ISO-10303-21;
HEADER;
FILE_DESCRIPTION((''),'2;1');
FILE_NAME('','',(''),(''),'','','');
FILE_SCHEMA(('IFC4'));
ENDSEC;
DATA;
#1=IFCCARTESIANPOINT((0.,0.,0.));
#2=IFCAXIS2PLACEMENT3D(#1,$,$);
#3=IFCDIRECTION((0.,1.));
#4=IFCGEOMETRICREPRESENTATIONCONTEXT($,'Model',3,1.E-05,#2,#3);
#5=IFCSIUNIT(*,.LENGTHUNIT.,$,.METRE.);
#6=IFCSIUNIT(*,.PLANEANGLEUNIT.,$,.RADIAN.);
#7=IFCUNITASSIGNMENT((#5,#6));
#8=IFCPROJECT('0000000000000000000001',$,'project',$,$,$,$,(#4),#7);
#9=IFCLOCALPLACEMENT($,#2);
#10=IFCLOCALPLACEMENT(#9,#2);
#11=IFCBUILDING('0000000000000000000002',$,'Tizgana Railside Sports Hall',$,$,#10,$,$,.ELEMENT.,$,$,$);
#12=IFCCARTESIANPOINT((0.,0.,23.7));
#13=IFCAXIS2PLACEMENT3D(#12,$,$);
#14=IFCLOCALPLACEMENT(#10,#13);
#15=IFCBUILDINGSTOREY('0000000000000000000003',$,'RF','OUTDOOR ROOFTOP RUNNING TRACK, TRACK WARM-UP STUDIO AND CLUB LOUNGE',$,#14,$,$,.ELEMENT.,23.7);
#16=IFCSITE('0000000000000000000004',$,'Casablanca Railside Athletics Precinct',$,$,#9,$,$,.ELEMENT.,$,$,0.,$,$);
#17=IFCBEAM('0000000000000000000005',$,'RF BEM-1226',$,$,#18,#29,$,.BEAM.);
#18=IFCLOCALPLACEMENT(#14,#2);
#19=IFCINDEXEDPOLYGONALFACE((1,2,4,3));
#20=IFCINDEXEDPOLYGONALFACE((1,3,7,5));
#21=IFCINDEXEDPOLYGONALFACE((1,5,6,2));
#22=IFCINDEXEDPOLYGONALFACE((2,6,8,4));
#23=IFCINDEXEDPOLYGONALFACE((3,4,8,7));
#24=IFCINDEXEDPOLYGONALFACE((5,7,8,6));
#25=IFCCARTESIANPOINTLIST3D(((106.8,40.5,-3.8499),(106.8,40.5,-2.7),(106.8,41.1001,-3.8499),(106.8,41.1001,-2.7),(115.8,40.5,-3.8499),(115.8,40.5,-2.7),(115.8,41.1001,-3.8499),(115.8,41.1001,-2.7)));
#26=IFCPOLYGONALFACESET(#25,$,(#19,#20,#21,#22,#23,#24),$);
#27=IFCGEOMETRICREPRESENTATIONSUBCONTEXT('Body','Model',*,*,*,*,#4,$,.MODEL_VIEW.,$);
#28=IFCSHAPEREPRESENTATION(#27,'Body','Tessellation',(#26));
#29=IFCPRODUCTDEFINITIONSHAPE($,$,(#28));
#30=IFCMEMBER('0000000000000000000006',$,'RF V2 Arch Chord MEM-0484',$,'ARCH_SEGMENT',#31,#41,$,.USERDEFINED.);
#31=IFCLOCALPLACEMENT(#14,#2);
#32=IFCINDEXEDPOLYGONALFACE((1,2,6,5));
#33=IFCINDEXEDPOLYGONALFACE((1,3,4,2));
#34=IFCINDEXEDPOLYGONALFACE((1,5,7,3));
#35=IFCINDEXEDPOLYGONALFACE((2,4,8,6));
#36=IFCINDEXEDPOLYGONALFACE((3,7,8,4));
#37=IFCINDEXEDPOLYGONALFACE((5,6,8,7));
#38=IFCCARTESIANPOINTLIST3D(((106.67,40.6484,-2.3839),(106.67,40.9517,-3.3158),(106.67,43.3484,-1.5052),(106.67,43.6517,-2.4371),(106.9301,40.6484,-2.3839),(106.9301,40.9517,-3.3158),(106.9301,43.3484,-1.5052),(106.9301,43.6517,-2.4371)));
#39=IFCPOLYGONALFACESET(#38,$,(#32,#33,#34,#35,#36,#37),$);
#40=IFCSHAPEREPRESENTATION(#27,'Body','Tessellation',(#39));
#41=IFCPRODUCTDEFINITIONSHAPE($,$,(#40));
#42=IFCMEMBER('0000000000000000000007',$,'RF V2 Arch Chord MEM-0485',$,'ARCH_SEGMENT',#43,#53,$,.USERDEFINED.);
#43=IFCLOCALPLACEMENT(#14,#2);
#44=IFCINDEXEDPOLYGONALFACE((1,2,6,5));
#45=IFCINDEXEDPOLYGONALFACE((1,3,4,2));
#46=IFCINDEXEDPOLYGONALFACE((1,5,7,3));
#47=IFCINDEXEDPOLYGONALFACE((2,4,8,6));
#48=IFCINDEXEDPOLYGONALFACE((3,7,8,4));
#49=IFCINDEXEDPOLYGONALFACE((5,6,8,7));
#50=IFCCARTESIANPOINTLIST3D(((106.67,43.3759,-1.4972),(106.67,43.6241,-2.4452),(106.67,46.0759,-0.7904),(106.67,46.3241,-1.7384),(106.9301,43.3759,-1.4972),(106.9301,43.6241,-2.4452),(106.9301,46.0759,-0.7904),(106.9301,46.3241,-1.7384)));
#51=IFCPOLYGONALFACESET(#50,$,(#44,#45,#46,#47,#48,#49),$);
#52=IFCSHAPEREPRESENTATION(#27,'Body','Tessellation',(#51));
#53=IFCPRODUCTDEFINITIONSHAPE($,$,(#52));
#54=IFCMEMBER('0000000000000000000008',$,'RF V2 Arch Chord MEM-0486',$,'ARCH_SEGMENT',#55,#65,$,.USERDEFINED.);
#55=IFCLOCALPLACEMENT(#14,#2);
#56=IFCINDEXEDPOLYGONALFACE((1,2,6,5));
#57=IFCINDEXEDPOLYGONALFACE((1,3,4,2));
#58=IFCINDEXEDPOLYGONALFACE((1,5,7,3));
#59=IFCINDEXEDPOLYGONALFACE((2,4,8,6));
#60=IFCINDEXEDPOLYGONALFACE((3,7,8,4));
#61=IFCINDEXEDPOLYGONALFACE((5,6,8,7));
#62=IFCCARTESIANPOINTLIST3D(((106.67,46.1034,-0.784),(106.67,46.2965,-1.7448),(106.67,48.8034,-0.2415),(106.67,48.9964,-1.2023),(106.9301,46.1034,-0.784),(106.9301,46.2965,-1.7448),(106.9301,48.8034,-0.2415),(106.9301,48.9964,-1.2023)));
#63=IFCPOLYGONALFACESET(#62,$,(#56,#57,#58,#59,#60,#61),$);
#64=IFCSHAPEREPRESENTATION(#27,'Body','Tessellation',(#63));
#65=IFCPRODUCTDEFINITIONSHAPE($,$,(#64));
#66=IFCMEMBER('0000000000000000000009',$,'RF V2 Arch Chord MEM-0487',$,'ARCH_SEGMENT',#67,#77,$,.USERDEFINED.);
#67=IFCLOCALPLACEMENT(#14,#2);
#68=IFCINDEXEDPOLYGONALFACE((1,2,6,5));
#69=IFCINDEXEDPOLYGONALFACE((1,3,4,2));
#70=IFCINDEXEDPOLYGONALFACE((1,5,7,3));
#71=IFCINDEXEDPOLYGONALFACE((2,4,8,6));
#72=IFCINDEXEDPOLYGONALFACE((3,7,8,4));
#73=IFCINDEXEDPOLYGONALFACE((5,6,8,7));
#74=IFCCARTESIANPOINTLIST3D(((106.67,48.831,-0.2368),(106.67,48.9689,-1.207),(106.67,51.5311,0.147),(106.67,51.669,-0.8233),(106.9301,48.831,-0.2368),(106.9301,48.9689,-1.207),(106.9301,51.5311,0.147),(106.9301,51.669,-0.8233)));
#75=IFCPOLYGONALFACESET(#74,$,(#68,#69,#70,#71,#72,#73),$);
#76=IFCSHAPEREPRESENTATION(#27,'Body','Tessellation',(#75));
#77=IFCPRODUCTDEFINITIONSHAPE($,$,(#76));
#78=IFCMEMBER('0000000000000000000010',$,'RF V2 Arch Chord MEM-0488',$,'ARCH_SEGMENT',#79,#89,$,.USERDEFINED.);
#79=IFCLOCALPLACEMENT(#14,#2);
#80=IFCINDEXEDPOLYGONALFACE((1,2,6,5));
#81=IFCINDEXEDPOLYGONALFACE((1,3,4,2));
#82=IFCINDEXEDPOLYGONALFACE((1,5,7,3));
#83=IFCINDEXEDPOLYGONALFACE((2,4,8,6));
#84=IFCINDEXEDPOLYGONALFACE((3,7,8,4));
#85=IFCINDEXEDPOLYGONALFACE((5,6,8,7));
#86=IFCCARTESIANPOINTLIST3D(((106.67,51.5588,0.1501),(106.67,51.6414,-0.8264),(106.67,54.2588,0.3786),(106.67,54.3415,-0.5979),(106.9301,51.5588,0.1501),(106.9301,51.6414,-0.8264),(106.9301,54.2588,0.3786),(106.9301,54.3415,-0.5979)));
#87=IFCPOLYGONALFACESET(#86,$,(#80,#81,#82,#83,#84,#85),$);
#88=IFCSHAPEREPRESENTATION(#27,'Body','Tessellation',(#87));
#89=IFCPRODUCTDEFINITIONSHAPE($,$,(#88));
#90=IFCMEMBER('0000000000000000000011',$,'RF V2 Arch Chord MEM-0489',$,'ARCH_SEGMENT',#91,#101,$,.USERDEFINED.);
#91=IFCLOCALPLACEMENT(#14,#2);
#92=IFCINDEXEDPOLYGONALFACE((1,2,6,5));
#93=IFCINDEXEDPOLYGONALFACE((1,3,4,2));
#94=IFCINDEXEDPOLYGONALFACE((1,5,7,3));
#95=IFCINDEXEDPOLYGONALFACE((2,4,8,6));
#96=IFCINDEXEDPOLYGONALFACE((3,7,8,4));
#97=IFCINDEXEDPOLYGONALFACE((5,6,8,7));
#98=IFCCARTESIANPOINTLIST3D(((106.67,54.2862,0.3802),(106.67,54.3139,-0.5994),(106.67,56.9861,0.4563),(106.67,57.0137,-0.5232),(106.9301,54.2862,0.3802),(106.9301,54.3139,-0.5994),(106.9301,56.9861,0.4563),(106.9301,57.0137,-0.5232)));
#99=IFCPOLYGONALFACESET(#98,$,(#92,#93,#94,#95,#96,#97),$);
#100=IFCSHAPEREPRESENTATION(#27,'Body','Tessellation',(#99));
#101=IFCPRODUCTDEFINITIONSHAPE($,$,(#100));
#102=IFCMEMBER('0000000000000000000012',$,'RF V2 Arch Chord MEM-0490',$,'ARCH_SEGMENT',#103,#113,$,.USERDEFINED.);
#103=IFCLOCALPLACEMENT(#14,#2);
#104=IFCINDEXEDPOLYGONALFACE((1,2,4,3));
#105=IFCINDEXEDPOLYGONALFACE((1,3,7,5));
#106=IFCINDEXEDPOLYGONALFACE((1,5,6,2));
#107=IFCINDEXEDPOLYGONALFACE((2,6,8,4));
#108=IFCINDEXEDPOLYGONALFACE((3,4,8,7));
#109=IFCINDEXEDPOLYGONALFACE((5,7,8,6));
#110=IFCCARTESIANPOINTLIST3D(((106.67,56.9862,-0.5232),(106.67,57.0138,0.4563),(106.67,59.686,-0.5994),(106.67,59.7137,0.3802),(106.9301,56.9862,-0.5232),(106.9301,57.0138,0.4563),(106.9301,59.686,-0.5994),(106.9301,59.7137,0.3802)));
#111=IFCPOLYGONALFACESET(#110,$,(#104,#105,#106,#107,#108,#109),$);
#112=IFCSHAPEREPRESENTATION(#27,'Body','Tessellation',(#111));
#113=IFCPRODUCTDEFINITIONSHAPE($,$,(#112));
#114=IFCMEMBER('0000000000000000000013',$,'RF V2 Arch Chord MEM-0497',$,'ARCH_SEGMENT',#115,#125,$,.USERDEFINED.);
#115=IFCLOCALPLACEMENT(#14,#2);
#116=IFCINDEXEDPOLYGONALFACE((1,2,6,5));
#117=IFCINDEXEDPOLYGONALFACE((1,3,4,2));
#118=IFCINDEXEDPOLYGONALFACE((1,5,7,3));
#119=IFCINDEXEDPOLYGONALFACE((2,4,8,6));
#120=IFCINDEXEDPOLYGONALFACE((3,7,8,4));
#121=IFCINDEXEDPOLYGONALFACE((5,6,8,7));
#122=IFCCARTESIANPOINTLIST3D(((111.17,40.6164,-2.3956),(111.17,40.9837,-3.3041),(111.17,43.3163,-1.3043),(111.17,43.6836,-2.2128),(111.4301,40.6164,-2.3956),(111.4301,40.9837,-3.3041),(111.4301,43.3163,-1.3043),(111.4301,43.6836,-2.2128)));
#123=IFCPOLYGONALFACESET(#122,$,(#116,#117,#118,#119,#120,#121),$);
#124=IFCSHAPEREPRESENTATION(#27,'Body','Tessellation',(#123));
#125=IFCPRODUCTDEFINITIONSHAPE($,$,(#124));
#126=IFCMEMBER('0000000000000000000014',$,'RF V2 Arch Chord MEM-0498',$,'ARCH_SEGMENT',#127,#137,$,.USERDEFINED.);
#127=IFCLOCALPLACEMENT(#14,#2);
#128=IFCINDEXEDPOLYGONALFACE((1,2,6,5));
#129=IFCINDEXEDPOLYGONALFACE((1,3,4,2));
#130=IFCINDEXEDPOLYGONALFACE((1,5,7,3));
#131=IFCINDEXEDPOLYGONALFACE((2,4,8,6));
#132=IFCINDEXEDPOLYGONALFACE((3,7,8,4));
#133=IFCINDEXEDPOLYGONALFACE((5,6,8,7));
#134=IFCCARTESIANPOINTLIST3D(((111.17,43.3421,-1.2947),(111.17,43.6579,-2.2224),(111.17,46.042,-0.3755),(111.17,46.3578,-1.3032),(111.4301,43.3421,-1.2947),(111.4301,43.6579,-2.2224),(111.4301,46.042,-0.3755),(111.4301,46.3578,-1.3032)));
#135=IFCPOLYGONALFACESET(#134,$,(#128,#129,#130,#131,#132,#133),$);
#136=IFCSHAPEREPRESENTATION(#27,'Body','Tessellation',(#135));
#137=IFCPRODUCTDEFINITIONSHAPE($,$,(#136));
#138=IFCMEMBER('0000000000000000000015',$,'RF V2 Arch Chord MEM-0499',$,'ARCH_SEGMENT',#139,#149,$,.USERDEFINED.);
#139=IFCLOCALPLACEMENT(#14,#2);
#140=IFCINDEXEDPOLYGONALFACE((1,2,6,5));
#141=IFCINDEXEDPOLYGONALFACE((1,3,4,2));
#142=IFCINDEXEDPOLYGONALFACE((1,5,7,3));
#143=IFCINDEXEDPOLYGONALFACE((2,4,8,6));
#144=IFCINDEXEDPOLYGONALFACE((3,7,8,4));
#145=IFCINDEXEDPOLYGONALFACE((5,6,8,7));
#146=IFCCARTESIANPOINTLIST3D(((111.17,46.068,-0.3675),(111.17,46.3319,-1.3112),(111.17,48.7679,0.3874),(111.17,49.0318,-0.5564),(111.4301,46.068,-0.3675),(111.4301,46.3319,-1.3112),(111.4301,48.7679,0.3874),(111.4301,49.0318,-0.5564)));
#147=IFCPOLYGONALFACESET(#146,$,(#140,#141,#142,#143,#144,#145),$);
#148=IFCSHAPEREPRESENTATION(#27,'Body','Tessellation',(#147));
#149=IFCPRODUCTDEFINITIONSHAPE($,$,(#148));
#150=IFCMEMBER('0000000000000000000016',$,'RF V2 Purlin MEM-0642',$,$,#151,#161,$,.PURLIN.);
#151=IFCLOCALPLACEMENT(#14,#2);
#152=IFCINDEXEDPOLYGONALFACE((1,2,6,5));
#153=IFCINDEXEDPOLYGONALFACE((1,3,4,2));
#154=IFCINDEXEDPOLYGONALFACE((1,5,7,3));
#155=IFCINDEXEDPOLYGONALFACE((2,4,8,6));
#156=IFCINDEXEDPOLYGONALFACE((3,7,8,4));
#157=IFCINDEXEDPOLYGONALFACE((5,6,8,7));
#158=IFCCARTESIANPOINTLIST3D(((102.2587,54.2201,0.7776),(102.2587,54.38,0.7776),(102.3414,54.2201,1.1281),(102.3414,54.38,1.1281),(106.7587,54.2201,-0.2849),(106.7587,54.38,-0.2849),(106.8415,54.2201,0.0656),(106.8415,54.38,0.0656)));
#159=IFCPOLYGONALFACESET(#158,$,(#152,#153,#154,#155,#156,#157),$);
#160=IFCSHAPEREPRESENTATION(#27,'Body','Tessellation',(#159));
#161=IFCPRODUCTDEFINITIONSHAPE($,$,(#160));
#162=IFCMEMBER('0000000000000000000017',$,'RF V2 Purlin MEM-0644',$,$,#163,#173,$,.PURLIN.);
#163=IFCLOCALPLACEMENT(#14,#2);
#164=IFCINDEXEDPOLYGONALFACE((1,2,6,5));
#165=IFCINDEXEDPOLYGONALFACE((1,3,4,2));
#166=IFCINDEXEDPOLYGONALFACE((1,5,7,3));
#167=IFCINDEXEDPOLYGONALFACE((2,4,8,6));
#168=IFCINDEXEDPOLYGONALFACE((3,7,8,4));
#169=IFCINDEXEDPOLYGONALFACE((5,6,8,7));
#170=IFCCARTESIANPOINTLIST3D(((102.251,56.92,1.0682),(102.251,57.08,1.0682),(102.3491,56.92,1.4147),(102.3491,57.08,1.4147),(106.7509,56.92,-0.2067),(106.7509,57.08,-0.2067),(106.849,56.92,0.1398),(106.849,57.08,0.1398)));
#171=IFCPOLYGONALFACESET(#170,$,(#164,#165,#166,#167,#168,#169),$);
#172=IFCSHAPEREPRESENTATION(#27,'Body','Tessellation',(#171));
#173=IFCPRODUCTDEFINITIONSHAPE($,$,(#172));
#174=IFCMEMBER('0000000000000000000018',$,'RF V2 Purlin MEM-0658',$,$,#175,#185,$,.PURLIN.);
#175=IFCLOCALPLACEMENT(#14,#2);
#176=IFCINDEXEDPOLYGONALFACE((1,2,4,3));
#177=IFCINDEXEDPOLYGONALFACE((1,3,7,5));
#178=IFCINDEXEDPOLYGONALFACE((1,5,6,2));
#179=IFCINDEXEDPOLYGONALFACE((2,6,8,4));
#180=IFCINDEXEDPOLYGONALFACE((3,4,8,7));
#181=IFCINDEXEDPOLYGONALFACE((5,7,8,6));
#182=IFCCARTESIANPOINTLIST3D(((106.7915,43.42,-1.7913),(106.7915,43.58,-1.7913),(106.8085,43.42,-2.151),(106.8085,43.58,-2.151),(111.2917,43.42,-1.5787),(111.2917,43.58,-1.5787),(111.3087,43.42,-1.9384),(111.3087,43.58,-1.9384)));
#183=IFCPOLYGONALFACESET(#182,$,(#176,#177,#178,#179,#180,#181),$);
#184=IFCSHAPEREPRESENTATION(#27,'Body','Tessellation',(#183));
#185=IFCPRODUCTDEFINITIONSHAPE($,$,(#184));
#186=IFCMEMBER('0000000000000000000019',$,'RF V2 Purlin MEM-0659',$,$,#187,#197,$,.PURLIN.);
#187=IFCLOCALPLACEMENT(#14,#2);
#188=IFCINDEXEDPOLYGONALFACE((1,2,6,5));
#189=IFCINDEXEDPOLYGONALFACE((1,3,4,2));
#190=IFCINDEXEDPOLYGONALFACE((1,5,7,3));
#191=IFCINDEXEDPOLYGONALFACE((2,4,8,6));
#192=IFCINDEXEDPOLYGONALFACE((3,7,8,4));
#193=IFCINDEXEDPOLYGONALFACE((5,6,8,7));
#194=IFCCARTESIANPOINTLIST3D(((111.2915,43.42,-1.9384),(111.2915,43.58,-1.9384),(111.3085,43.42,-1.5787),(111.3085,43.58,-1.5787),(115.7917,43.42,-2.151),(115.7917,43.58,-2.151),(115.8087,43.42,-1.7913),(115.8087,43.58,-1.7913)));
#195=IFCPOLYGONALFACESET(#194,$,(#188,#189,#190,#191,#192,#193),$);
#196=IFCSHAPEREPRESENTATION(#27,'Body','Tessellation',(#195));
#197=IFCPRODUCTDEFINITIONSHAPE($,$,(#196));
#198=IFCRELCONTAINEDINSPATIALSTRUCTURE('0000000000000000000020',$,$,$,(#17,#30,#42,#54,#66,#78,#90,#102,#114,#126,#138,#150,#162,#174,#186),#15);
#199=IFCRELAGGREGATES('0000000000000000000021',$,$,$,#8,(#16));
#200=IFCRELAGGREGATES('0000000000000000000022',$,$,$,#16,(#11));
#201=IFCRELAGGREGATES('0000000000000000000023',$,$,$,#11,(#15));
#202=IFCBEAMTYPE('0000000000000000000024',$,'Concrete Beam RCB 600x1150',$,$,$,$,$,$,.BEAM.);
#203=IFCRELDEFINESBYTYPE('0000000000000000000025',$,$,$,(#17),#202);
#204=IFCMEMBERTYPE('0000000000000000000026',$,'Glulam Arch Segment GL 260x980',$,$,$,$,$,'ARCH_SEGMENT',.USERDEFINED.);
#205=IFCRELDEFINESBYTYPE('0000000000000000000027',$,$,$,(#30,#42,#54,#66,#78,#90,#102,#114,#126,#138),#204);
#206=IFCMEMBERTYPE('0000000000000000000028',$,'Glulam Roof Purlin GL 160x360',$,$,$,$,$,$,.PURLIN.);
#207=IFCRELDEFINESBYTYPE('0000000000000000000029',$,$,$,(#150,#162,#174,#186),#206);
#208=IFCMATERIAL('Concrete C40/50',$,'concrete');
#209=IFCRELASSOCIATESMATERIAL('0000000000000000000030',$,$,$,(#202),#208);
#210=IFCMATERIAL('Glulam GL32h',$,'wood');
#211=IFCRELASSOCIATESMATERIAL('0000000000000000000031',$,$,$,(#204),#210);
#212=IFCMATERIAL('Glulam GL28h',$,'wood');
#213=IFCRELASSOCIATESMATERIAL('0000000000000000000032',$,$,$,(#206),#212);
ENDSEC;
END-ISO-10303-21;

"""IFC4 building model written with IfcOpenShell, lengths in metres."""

from ifc_helpers import new_model, si_unit, direction, frame, origin, origin_2d, place, context, subcontext, project, spatial, rectangle, extrude, material, material_profile, profile_set, type_object, element, save


model = new_model("IFC4")

# Units and contexts
model_context = context("Model", 3, precision=1e-05, world=origin(), true_north=direction((0.0, 1.0)))
body_context = subcontext(model_context, "Body", "Model", "MODEL_VIEW")
ifc_project = project(units=[si_unit("LENGTHUNIT", "METRE"), si_unit("PLANEANGLEUNIT", "RADIAN")], contexts=[model_context])

# Site, building, storey
site_placement = place(None, origin())
site = spatial("IfcSite", under=ifc_project, at=site_placement, Name="Casablanca Railside Athletics Precinct", CompositionType="ELEMENT", RefElevation=0.0)
building_placement = place(site_placement, origin())
building = spatial("IfcBuilding", under=site, at=building_placement, Name="Tizgana Railside Sports Hall", CompositionType="ELEMENT")
storey_placement = place(building_placement, frame((0.0, 0.0, 23.7)))
storey = spatial("IfcBuildingStorey", under=building, at=storey_placement, Name="RF", Description="OUTDOOR ROOFTOP RUNNING TRACK, TRACK WARM-UP STUDIO AND CLUB LOUNGE", CompositionType="ELEMENT", Elevation=23.7)

# Beam
ifc_material_1 = material(Name="Concrete C40/50", Category="concrete")
ifc_material_profile_1 = material_profile(ifc_material_1, rectangle(XDim=0.6001, YDim=1.1499, at=origin_2d()), Name="RCB 600x1150")
ifc_profile_set_1 = profile_set([ifc_material_profile_1], Name="Concrete C40/50")
beam_type = type_object("IfcBeamType", Name="Concrete Beam RCB 600x1150", PredefinedType="BEAM", material=ifc_profile_set_1)
beam_placement = place(storey_placement, frame((106.8, 40.8, -3.2749), z_axis=(1.0, 0.0, 0.0), x_axis=(0.0, 1.0, 0.0)))
element("IfcBeam", 1, at=beam_placement, inside=storey, type_object=beam_type, Name="RF BEM-1226", PredefinedType="BEAM", context=body_context, shape_type="SweptSolid", body=[
    extrude(rectangle(XDim=0.6001, YDim=1.1499, at=origin_2d()), origin(), (0.0, 0.0, 1.0), 9.0),
])

# Members
ifc_material_2 = material(Name="Glulam GL32h", Category="wood")
ifc_material_profile_2 = material_profile(ifc_material_2, rectangle(XDim=0.26, YDim=0.98, at=origin_2d()), Name="GL 260x980")
ifc_profile_set_2 = profile_set([ifc_material_profile_2], Name="Glulam GL32h")
member_type_1 = type_object("IfcMemberType", Name="Glulam Arch Segment GL 260x980", ElementType="ARCH_SEGMENT", PredefinedType="USERDEFINED", material=ifc_profile_set_2)
member_1_placement = place(storey_placement, frame((106.8, 40.8, -2.8499), z_axis=(0.0, 0.950912, 0.309461), x_axis=(-1.0, 0.0, 0.0)))
element("IfcMember", 2, at=member_1_placement, inside=storey, type_object=member_type_1, Name="RF V2 Arch Chord MEM-0484", ObjectType="ARCH_SEGMENT", PredefinedType="USERDEFINED", context=body_context, shape_type="SweptSolid", body=[
    extrude(rectangle(XDim=0.26, YDim=0.98, at=origin_2d()), origin(), (0.0, 0.0, 1.0), 2.8394),
])
member_2_placement = place(storey_placement, frame((106.8, 43.5, -1.9712), z_axis=(0.0, 0.967402, 0.253244), x_axis=(-1.0, 0.0, 0.0)))
element("IfcMember", 3, at=member_2_placement, inside=storey, type_object=member_type_1, Name="RF V2 Arch Chord MEM-0485", ObjectType="ARCH_SEGMENT", PredefinedType="USERDEFINED", context=body_context, shape_type="SweptSolid", body=[
    extrude(rectangle(XDim=0.26, YDim=0.98, at=origin_2d()), origin(), (0.0, 0.0, 1.0), 2.791),
])
member_3_placement = place(storey_placement, frame((106.8, 46.2, -1.2644), z_axis=(0.0, 0.980406, 0.196986), x_axis=(-1.0, 0.0, 0.0)))
element("IfcMember", 4, at=member_3_placement, inside=storey, type_object=member_type_1, Name="RF V2 Arch Chord MEM-0486", ObjectType="ARCH_SEGMENT", PredefinedType="USERDEFINED", context=body_context, shape_type="SweptSolid", body=[
    extrude(rectangle(XDim=0.26, YDim=0.98, at=origin_2d()), origin(), (0.0, 0.0, 1.0), 2.7539),
])
member_4_placement = place(storey_placement, frame((106.8, 48.8999, -0.7219), z_axis=(0.0, 0.99005, 0.14072), x_axis=(-1.0, 0.0, 0.0)))
element("IfcMember", 5, at=member_4_placement, inside=storey, type_object=member_type_1, Name="RF V2 Arch Chord MEM-0487", ObjectType="ARCH_SEGMENT", PredefinedType="USERDEFINED", context=body_context, shape_type="SweptSolid", body=[
    extrude(rectangle(XDim=0.26, YDim=0.98, at=origin_2d()), origin(), (0.0, 0.0, 1.0), 2.7273),
])
member_5_placement = place(storey_placement, frame((106.8, 51.6001, -0.3381), z_axis=(0.0, 0.996437, 0.084335), x_axis=(-1.0, 0.0, 0.0)))
element("IfcMember", 6, at=member_5_placement, inside=storey, type_object=member_type_1, Name="RF V2 Arch Chord MEM-0488", ObjectType="ARCH_SEGMENT", PredefinedType="USERDEFINED", context=body_context, shape_type="SweptSolid", body=[
    extrude(rectangle(XDim=0.26, YDim=0.98, at=origin_2d()), origin(), (0.0, 0.0, 1.0), 2.7097),
])
for number, where, z_axis, x_axis, name in (
    (7, (106.8, 54.3, -0.1096), (0.0, 0.999602, 0.028201), (-1.0, 0.0, 0.0), "RF V2 Arch Chord MEM-0489"),
    (8, (106.8, 57.0, -0.0334), (0.0, 0.999602, -0.028201), (-1.0, 0.0, 0.0), "RF V2 Arch Chord MEM-0490"),
):
    element("IfcMember", number, at=place(storey_placement, frame(where, z_axis=z_axis, x_axis=x_axis)), inside=storey, type_object=member_type_1, Name=name, ObjectType="ARCH_SEGMENT", PredefinedType="USERDEFINED", context=body_context, shape_type="SweptSolid", body=[
        extrude(rectangle(XDim=0.26, YDim=0.98, at=origin_2d()), origin(), (0.0, 0.0, 1.0), 2.7009),
    ])
member_6_placement = place(storey_placement, frame((111.3, 40.8, -2.8499), z_axis=(0.0, 0.927129, 0.374742), x_axis=(-1.0, 0.0, 0.0)))
element("IfcMember", 9, at=member_6_placement, inside=storey, type_object=member_type_1, Name="RF V2 Arch Chord MEM-0497", ObjectType="ARCH_SEGMENT", PredefinedType="USERDEFINED", context=body_context, shape_type="SweptSolid", body=[
    extrude(rectangle(XDim=0.26, YDim=0.98, at=origin_2d()), origin(), (0.0, 0.0, 1.0), 2.9121),
])
member_7_placement = place(storey_placement, frame((111.3, 43.5, -1.7585), z_axis=(0.0, 0.946644, 0.322282), x_axis=(-1.0, 0.0, 0.0)))
element("IfcMember", 10, at=member_7_placement, inside=storey, type_object=member_type_1, Name="RF V2 Arch Chord MEM-0498", ObjectType="ARCH_SEGMENT", PredefinedType="USERDEFINED", context=body_context, shape_type="SweptSolid", body=[
    extrude(rectangle(XDim=0.26, YDim=0.98, at=origin_2d()), origin(), (0.0, 0.0, 1.0), 2.8521),
])
member_8_placement = place(storey_placement, frame((111.3, 46.2, -0.8394), z_axis=(0.0, 0.963066, 0.269265), x_axis=(-1.0, 0.0, 0.0)))
element("IfcMember", 11, at=member_8_placement, inside=storey, type_object=member_type_1, Name="RF V2 Arch Chord MEM-0499", ObjectType="ARCH_SEGMENT", PredefinedType="USERDEFINED", context=body_context, shape_type="SweptSolid", body=[
    extrude(rectangle(XDim=0.26, YDim=0.98, at=origin_2d()), origin(), (0.0, 0.0, 1.0), 2.8035),
])
ifc_material_3 = material(Name="Glulam GL28h", Category="wood")
ifc_material_profile_3 = material_profile(ifc_material_3, rectangle(XDim=0.1599, YDim=0.3601, at=origin_2d()), Name="GL 160x360")
ifc_profile_set_3 = profile_set([ifc_material_profile_3], Name="Glulam GL28h")
member_type_2 = type_object("IfcMemberType", Name="Glulam Roof Purlin GL 160x360", PredefinedType="PURLIN", material=ifc_profile_set_3)
member_9_placement = place(storey_placement, frame((102.3, 54.3, 0.9529), z_axis=(0.97324, 0.0, -0.229793), x_axis=(0.0, 1.0, 0.0)))
element("IfcMember", 12, at=member_9_placement, inside=storey, type_object=member_type_2, Name="RF V2 Purlin MEM-0642", PredefinedType="PURLIN", context=body_context, shape_type="SweptSolid", body=[
    extrude(rectangle(XDim=0.1599, YDim=0.3601, at=origin_2d()), origin(), (0.0, 0.0, 1.0), 4.6238),
])
member_10_placement = place(storey_placement, frame((102.3, 57.0, 1.2415), z_axis=(0.962132, 0.0, -0.272583), x_axis=(0.0, 1.0, 0.0)))
element("IfcMember", 13, at=member_10_placement, inside=storey, type_object=member_type_2, Name="RF V2 Purlin MEM-0644", PredefinedType="PURLIN", context=body_context, shape_type="SweptSolid", body=[
    extrude(rectangle(XDim=0.1599, YDim=0.3601, at=origin_2d()), origin(), (0.0, 0.0, 1.0), 4.677),
])
for number, where, z_axis, x_axis, name in (
    (14, (106.8, 43.5, -1.9712), (0.998885, 0.0, 0.047202), (0.0, 1.0, 0.0), "RF V2 Purlin MEM-0658"),
    (15, (111.3, 43.5, -1.7585), (0.998885, 0.0, -0.047202), (0.0, 1.0, 0.0), "RF V2 Purlin MEM-0659"),
):
    element("IfcMember", number, at=place(storey_placement, frame(where, z_axis=z_axis, x_axis=x_axis)), inside=storey, type_object=member_type_2, Name=name, PredefinedType="PURLIN", context=body_context, shape_type="SweptSolid", body=[
        extrude(rectangle(XDim=0.1599, YDim=0.3601, at=origin_2d()), origin(), (0.0, 0.0, 1.0), 4.5051),
    ])

save(model, "model.ifc")
